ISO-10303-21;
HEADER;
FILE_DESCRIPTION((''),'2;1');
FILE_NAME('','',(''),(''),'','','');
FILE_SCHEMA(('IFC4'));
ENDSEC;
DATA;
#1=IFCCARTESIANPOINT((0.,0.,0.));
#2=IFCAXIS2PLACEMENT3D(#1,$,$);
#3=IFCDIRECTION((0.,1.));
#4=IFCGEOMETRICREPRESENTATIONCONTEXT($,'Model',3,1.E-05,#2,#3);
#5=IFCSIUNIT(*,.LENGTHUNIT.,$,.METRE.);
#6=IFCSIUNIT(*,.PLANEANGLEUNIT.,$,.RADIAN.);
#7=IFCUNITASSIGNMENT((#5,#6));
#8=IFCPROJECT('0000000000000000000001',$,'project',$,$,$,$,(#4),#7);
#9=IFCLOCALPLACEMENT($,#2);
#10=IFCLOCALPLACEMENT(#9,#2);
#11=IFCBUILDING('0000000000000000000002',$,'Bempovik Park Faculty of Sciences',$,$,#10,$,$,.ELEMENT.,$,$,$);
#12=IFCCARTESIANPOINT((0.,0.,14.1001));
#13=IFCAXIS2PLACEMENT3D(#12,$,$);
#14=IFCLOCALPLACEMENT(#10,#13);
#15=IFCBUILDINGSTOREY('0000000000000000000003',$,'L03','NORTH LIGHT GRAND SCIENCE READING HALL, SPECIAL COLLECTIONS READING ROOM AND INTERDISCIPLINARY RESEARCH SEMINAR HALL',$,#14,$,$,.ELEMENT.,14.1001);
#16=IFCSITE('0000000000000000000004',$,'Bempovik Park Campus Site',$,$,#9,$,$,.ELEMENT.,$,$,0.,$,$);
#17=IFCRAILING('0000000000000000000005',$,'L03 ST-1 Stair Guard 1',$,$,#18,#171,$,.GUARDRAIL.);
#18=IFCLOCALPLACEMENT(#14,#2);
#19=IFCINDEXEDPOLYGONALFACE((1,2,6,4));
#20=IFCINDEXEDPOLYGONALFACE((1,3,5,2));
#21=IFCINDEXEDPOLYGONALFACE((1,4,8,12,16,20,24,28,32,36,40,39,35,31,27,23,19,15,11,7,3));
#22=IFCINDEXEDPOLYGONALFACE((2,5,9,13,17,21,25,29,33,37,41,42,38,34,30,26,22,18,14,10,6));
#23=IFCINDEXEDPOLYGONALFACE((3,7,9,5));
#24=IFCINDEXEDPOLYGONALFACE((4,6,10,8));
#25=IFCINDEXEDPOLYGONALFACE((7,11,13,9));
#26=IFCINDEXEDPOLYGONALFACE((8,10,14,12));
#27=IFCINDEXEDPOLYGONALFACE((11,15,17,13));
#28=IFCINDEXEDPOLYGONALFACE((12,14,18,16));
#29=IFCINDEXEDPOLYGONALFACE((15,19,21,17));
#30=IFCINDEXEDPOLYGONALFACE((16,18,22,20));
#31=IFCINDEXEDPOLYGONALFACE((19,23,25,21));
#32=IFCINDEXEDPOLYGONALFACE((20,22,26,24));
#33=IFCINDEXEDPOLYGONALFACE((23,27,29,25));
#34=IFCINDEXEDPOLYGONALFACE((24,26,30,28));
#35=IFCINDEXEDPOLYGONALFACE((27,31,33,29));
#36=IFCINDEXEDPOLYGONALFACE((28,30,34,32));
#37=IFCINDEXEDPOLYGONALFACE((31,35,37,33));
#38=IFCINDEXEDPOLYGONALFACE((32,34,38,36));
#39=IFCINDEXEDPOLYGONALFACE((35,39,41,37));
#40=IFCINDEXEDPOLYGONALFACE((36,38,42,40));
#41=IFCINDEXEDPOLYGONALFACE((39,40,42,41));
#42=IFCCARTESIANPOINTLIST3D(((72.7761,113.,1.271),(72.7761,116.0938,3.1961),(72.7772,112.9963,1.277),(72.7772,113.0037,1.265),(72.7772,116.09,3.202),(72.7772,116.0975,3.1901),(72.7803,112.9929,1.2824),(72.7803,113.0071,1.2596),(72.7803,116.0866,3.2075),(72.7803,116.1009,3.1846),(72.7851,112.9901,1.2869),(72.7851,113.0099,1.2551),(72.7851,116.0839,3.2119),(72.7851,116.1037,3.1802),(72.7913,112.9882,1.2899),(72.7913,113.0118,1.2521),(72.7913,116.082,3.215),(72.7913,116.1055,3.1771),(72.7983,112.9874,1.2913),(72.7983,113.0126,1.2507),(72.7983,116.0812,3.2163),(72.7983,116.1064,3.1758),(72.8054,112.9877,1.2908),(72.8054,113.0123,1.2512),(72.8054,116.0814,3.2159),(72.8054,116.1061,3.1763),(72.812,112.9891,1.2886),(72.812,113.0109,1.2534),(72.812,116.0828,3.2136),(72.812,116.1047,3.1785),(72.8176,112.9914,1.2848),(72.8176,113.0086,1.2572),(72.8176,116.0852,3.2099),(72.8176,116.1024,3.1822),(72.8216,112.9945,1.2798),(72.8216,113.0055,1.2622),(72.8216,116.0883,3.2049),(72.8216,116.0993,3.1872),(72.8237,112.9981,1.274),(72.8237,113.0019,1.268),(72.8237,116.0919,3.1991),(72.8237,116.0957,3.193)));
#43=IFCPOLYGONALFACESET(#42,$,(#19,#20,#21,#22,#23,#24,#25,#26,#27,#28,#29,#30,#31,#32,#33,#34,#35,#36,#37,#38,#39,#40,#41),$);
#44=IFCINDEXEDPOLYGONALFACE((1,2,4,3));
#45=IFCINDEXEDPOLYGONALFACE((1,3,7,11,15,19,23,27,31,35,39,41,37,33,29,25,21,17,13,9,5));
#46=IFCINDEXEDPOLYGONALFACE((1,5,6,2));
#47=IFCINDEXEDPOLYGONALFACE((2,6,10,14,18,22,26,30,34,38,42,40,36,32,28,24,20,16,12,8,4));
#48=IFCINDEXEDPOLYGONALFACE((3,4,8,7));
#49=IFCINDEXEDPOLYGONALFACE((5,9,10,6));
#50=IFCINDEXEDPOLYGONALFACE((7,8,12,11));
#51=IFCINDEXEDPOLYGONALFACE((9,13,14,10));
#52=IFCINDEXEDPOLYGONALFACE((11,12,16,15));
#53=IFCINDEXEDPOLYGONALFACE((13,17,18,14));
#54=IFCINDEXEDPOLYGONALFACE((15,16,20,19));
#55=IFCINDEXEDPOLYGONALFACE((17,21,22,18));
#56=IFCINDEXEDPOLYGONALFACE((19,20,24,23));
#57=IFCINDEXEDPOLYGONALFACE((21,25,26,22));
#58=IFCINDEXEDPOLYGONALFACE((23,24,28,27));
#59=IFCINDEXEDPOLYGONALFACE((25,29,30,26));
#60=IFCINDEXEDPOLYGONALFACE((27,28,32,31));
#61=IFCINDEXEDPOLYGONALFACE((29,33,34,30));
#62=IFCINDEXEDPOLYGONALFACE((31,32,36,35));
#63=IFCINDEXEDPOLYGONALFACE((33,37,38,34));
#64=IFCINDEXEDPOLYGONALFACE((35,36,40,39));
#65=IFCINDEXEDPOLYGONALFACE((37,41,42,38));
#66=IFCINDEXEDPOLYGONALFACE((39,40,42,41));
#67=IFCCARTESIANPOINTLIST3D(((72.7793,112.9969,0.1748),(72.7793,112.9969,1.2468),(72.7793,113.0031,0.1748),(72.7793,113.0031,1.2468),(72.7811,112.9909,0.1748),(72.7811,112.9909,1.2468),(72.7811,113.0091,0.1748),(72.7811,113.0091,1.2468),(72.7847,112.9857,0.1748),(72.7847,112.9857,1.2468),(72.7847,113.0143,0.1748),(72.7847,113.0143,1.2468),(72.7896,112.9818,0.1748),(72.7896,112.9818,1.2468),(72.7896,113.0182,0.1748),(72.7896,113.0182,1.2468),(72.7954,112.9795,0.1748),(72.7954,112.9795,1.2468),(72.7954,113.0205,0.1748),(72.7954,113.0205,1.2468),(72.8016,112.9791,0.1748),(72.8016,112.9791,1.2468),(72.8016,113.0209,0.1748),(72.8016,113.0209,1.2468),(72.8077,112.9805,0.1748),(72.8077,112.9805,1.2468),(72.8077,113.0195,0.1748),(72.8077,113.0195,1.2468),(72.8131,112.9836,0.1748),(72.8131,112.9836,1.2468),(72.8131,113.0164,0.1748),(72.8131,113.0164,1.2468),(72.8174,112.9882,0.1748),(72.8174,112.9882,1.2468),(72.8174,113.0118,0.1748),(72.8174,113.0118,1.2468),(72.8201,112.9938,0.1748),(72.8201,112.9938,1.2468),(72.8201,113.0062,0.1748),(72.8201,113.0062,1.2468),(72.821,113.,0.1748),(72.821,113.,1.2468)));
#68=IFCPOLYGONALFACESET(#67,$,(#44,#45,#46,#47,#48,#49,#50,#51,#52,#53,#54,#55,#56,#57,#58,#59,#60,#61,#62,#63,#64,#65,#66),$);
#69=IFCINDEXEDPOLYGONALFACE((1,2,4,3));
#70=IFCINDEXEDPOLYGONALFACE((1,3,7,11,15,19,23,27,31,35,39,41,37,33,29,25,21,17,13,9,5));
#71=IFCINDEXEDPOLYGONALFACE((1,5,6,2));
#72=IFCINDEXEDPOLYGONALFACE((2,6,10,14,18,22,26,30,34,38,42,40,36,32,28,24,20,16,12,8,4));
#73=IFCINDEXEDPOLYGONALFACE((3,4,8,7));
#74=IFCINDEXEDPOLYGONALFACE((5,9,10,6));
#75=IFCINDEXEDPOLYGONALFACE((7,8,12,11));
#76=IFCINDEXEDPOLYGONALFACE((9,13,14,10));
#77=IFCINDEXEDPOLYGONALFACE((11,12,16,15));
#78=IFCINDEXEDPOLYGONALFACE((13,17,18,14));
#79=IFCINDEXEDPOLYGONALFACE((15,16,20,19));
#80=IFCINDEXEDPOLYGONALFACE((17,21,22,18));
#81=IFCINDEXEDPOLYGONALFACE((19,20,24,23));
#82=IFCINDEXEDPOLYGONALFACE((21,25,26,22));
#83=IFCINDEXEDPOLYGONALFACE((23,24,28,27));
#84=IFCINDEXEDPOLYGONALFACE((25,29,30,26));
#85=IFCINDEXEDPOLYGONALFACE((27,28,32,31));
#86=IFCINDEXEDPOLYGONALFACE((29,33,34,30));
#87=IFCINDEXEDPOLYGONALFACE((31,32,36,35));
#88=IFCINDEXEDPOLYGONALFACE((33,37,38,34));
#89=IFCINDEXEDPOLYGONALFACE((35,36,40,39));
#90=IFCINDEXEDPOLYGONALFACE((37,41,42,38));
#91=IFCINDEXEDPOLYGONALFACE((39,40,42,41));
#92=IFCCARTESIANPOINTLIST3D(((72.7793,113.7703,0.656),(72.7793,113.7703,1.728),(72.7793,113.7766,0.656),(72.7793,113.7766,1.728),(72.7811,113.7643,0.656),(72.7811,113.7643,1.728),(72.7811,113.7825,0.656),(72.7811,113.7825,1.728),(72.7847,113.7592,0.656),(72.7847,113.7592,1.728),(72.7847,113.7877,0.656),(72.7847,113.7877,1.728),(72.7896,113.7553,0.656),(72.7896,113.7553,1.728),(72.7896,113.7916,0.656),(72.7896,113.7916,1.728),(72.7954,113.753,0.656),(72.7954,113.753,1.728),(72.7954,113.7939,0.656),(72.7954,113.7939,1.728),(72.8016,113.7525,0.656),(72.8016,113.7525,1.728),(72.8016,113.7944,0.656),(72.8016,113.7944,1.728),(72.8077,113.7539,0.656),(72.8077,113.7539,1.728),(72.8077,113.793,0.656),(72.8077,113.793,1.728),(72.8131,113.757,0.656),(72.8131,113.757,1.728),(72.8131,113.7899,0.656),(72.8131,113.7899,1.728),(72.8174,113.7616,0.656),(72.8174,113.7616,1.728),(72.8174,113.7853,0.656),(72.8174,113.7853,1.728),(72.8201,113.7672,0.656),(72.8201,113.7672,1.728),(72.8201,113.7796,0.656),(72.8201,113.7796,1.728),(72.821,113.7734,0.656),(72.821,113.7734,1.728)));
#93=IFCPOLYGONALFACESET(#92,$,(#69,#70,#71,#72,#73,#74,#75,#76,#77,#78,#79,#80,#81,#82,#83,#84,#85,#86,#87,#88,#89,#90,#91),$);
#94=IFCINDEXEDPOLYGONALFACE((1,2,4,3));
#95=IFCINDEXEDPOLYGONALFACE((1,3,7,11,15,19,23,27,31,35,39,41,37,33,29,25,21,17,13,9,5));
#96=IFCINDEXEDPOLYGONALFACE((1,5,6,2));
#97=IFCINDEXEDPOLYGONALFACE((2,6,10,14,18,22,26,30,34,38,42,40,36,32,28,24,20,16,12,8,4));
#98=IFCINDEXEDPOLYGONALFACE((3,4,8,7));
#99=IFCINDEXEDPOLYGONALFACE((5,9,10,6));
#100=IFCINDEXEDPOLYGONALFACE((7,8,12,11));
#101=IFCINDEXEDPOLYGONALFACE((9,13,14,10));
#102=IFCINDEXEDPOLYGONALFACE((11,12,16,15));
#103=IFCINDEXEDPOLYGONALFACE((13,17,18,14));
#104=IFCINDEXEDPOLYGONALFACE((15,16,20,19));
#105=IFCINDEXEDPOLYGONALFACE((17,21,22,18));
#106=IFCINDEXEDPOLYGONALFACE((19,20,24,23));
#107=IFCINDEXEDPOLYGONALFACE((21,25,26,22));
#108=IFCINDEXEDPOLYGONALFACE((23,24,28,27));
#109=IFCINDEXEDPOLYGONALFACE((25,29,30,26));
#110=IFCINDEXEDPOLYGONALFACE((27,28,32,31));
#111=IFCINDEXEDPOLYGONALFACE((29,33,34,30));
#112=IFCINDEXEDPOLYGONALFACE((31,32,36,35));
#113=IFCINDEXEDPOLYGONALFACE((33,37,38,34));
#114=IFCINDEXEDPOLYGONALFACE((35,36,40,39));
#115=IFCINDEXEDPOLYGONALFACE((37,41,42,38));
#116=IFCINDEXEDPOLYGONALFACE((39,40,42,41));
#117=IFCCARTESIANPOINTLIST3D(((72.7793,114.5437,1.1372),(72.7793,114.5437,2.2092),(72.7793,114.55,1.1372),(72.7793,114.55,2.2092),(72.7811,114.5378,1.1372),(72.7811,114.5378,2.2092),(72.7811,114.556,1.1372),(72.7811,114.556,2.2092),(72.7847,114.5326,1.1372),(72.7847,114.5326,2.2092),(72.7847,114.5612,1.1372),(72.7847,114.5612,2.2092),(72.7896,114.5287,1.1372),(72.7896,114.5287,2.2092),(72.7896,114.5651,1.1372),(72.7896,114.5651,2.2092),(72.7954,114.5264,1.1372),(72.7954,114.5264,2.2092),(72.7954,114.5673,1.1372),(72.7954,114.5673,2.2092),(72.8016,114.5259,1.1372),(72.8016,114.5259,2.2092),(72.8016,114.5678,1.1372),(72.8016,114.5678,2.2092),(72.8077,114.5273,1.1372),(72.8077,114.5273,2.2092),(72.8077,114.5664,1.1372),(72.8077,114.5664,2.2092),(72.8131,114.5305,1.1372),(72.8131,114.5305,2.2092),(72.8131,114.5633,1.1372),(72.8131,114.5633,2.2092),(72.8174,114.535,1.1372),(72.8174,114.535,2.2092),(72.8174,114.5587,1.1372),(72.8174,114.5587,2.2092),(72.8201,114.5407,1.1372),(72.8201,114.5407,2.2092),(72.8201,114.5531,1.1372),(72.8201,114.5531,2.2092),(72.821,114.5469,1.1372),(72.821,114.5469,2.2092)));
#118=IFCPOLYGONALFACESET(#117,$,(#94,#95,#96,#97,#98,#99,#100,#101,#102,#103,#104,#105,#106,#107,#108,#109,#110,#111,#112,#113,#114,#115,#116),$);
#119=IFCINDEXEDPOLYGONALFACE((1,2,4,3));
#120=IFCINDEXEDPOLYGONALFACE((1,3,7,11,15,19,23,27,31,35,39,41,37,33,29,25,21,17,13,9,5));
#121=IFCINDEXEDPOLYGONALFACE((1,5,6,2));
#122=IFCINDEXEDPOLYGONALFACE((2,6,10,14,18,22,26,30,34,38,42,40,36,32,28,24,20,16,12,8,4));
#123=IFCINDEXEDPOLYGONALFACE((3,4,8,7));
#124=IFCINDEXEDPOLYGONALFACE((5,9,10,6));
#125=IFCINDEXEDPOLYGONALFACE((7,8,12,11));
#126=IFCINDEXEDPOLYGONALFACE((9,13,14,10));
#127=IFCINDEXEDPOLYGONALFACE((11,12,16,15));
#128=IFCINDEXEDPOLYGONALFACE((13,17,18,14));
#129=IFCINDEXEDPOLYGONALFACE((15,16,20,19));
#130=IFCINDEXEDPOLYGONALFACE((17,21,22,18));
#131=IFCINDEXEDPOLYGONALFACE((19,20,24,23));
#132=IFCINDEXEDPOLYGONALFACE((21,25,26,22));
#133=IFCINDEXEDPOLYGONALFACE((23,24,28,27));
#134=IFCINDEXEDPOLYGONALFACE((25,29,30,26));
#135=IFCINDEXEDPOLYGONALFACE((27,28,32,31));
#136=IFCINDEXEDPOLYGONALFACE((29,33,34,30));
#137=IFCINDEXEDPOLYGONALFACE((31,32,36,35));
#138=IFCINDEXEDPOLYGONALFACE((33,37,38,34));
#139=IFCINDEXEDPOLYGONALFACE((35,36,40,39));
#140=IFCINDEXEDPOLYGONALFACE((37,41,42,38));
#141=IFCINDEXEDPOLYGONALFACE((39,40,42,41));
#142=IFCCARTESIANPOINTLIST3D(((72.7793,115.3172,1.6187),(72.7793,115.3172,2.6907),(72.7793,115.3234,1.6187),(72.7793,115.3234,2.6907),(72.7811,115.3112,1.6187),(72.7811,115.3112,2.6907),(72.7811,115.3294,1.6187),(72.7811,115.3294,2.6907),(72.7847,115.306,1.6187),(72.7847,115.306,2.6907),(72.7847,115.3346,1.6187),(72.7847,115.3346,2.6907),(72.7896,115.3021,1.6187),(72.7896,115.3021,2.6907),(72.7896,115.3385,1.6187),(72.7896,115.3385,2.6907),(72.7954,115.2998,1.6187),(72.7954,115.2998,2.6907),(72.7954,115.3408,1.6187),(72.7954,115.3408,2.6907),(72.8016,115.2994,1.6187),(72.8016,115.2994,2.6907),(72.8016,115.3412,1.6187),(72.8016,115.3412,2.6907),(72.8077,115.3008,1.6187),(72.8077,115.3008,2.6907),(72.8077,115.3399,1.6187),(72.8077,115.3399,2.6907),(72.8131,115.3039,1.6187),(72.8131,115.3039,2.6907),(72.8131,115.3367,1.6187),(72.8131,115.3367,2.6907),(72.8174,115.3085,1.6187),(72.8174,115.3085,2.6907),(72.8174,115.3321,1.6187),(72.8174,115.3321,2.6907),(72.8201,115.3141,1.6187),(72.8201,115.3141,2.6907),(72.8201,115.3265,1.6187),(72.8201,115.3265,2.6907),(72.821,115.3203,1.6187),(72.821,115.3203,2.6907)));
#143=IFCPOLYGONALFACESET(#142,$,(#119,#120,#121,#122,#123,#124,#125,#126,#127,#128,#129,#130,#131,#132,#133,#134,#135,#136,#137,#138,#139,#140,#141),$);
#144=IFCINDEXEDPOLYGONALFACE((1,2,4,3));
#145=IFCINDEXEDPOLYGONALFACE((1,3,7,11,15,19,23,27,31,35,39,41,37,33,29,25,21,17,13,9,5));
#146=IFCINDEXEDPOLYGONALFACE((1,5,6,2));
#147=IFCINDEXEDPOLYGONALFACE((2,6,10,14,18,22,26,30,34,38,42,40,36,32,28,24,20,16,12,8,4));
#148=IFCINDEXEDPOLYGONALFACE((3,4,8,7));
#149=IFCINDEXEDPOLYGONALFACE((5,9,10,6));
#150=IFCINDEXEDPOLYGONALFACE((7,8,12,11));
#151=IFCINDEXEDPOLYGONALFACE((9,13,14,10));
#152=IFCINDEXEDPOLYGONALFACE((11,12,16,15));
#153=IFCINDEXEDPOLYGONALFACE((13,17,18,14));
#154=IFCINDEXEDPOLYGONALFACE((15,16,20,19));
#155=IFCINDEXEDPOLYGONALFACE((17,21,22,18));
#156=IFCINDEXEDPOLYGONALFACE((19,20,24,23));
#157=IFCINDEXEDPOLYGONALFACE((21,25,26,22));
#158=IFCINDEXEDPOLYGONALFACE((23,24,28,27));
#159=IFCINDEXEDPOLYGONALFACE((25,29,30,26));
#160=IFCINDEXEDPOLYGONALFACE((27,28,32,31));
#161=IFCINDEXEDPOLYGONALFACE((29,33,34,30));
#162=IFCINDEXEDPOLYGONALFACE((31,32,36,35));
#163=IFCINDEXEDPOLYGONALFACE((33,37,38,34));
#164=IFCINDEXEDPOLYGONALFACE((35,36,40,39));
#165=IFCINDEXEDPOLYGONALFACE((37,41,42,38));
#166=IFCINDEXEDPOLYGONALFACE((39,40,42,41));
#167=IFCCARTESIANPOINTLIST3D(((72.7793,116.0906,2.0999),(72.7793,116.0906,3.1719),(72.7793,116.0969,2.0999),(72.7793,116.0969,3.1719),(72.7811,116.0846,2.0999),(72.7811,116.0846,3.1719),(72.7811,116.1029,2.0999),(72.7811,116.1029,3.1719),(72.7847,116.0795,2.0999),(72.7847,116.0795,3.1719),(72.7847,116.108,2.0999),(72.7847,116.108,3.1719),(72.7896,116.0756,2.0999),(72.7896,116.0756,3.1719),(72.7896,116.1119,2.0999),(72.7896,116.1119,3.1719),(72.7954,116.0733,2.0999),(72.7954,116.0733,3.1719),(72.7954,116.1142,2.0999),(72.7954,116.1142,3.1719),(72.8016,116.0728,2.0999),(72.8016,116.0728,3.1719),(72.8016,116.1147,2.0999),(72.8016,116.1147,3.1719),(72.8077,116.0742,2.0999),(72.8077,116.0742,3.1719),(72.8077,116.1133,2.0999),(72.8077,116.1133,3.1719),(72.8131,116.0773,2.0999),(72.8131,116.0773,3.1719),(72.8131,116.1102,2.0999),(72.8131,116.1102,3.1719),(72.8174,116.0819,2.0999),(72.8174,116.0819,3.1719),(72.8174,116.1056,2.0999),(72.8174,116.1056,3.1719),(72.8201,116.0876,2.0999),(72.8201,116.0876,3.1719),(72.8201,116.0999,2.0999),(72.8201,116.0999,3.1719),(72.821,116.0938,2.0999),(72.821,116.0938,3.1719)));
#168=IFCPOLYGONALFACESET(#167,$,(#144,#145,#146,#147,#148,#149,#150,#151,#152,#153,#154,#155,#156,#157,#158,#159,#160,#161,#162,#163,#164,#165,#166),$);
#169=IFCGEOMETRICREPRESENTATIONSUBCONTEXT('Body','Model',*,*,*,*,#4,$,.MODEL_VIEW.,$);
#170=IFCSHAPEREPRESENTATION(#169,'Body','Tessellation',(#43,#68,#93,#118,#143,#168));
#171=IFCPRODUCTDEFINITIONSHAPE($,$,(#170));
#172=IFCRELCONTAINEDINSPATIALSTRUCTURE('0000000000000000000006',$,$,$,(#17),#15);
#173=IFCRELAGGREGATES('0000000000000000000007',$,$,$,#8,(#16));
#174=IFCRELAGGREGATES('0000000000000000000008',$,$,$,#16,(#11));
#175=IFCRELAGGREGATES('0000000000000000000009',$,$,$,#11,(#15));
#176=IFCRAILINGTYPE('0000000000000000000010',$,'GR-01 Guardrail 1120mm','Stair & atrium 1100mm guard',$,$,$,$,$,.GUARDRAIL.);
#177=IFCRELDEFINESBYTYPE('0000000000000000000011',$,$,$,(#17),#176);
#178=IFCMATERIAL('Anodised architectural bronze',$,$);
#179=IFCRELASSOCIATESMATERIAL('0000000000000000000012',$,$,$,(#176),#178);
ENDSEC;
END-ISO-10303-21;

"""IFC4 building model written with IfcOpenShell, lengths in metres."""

from ifc_helpers import new_model, si_unit, direction, frame, origin, origin_2d, place, context, subcontext, project, spatial, circle, extrude, material, type_object, element, save


model = new_model("IFC4")

# Units and contexts
model_context = context("Model", 3, precision=1e-05, world=origin(), true_north=direction((0.0, 1.0)))
body_context = subcontext(model_context, "Body", "Model", "MODEL_VIEW")
ifc_project = project(units=[si_unit("LENGTHUNIT", "METRE"), si_unit("PLANEANGLEUNIT", "RADIAN")], contexts=[model_context])

# Site, building, storey
site_placement = place(None, origin())
site = spatial("IfcSite", under=ifc_project, at=site_placement, Name="Bempovik Park Campus Site", CompositionType="ELEMENT", RefElevation=0.0)
building_placement = place(site_placement, origin())
building = spatial("IfcBuilding", under=site, at=building_placement, Name="Bempovik Park Faculty of Sciences", CompositionType="ELEMENT")
storey_placement = place(building_placement, frame((0.0, 0.0, 14.1001)))
storey = spatial("IfcBuildingStorey", under=building, at=storey_placement, Name="L03", Description="NORTH LIGHT GRAND SCIENCE READING HALL, SPECIAL COLLECTIONS READING ROOM AND INTERDISCIPLINARY RESEARCH SEMINAR HALL", CompositionType="ELEMENT", Elevation=14.1001)

# Railing
ifc_material_1 = material(Name="Anodised architectural bronze")
railing_type_1 = type_object("IfcRailingType", Name="GR-01 Guardrail 1120mm", Description="Stair & atrium 1100mm guard", PredefinedType="GUARDRAIL", material=ifc_material_1)
railing_1_placement = place(storey_placement, frame((72.8, 113.0, 0.1748)))
element("IfcRailing", 1, at=railing_1_placement, inside=storey, type_object=railing_type_1, Name="L03 ST-1 Stair Guard 1", PredefinedType="GUARDRAIL", context=body_context, shape_type="SweptSolid", body=[
    extrude(circle(Radius=0.0239, at=origin_2d()), frame((0.0, 0.0, 1.0962), z_axis=(0.0, 0.849051, 0.528312), x_axis=(-1.0, 0.0, 0.0)), (0.0, 0.0, 1.0), 3.6438),
    extrude(circle(Radius=0.021, at=origin_2d()), origin(), (0.0, 0.0, 1.0), 1.072),
    extrude(circle(Radius=0.021, at=origin_2d()), frame((0.0, 0.7734, 0.4812)), (0.0, 0.0, 1.0), 1.072),
    extrude(circle(Radius=0.021, at=origin_2d()), frame((0.0, 1.5469, 0.9624)), (0.0, 0.0, 1.0), 1.072),
    extrude(circle(Radius=0.021, at=origin_2d()), frame((0.0, 2.3203, 1.4438)), (0.0, 0.0, 1.0), 1.072),
    extrude(circle(Radius=0.021, at=origin_2d()), frame((0.0, 3.0938, 1.925)), (0.0, 0.0, 1.0), 1.072),
])

save(model, "model.ifc")
